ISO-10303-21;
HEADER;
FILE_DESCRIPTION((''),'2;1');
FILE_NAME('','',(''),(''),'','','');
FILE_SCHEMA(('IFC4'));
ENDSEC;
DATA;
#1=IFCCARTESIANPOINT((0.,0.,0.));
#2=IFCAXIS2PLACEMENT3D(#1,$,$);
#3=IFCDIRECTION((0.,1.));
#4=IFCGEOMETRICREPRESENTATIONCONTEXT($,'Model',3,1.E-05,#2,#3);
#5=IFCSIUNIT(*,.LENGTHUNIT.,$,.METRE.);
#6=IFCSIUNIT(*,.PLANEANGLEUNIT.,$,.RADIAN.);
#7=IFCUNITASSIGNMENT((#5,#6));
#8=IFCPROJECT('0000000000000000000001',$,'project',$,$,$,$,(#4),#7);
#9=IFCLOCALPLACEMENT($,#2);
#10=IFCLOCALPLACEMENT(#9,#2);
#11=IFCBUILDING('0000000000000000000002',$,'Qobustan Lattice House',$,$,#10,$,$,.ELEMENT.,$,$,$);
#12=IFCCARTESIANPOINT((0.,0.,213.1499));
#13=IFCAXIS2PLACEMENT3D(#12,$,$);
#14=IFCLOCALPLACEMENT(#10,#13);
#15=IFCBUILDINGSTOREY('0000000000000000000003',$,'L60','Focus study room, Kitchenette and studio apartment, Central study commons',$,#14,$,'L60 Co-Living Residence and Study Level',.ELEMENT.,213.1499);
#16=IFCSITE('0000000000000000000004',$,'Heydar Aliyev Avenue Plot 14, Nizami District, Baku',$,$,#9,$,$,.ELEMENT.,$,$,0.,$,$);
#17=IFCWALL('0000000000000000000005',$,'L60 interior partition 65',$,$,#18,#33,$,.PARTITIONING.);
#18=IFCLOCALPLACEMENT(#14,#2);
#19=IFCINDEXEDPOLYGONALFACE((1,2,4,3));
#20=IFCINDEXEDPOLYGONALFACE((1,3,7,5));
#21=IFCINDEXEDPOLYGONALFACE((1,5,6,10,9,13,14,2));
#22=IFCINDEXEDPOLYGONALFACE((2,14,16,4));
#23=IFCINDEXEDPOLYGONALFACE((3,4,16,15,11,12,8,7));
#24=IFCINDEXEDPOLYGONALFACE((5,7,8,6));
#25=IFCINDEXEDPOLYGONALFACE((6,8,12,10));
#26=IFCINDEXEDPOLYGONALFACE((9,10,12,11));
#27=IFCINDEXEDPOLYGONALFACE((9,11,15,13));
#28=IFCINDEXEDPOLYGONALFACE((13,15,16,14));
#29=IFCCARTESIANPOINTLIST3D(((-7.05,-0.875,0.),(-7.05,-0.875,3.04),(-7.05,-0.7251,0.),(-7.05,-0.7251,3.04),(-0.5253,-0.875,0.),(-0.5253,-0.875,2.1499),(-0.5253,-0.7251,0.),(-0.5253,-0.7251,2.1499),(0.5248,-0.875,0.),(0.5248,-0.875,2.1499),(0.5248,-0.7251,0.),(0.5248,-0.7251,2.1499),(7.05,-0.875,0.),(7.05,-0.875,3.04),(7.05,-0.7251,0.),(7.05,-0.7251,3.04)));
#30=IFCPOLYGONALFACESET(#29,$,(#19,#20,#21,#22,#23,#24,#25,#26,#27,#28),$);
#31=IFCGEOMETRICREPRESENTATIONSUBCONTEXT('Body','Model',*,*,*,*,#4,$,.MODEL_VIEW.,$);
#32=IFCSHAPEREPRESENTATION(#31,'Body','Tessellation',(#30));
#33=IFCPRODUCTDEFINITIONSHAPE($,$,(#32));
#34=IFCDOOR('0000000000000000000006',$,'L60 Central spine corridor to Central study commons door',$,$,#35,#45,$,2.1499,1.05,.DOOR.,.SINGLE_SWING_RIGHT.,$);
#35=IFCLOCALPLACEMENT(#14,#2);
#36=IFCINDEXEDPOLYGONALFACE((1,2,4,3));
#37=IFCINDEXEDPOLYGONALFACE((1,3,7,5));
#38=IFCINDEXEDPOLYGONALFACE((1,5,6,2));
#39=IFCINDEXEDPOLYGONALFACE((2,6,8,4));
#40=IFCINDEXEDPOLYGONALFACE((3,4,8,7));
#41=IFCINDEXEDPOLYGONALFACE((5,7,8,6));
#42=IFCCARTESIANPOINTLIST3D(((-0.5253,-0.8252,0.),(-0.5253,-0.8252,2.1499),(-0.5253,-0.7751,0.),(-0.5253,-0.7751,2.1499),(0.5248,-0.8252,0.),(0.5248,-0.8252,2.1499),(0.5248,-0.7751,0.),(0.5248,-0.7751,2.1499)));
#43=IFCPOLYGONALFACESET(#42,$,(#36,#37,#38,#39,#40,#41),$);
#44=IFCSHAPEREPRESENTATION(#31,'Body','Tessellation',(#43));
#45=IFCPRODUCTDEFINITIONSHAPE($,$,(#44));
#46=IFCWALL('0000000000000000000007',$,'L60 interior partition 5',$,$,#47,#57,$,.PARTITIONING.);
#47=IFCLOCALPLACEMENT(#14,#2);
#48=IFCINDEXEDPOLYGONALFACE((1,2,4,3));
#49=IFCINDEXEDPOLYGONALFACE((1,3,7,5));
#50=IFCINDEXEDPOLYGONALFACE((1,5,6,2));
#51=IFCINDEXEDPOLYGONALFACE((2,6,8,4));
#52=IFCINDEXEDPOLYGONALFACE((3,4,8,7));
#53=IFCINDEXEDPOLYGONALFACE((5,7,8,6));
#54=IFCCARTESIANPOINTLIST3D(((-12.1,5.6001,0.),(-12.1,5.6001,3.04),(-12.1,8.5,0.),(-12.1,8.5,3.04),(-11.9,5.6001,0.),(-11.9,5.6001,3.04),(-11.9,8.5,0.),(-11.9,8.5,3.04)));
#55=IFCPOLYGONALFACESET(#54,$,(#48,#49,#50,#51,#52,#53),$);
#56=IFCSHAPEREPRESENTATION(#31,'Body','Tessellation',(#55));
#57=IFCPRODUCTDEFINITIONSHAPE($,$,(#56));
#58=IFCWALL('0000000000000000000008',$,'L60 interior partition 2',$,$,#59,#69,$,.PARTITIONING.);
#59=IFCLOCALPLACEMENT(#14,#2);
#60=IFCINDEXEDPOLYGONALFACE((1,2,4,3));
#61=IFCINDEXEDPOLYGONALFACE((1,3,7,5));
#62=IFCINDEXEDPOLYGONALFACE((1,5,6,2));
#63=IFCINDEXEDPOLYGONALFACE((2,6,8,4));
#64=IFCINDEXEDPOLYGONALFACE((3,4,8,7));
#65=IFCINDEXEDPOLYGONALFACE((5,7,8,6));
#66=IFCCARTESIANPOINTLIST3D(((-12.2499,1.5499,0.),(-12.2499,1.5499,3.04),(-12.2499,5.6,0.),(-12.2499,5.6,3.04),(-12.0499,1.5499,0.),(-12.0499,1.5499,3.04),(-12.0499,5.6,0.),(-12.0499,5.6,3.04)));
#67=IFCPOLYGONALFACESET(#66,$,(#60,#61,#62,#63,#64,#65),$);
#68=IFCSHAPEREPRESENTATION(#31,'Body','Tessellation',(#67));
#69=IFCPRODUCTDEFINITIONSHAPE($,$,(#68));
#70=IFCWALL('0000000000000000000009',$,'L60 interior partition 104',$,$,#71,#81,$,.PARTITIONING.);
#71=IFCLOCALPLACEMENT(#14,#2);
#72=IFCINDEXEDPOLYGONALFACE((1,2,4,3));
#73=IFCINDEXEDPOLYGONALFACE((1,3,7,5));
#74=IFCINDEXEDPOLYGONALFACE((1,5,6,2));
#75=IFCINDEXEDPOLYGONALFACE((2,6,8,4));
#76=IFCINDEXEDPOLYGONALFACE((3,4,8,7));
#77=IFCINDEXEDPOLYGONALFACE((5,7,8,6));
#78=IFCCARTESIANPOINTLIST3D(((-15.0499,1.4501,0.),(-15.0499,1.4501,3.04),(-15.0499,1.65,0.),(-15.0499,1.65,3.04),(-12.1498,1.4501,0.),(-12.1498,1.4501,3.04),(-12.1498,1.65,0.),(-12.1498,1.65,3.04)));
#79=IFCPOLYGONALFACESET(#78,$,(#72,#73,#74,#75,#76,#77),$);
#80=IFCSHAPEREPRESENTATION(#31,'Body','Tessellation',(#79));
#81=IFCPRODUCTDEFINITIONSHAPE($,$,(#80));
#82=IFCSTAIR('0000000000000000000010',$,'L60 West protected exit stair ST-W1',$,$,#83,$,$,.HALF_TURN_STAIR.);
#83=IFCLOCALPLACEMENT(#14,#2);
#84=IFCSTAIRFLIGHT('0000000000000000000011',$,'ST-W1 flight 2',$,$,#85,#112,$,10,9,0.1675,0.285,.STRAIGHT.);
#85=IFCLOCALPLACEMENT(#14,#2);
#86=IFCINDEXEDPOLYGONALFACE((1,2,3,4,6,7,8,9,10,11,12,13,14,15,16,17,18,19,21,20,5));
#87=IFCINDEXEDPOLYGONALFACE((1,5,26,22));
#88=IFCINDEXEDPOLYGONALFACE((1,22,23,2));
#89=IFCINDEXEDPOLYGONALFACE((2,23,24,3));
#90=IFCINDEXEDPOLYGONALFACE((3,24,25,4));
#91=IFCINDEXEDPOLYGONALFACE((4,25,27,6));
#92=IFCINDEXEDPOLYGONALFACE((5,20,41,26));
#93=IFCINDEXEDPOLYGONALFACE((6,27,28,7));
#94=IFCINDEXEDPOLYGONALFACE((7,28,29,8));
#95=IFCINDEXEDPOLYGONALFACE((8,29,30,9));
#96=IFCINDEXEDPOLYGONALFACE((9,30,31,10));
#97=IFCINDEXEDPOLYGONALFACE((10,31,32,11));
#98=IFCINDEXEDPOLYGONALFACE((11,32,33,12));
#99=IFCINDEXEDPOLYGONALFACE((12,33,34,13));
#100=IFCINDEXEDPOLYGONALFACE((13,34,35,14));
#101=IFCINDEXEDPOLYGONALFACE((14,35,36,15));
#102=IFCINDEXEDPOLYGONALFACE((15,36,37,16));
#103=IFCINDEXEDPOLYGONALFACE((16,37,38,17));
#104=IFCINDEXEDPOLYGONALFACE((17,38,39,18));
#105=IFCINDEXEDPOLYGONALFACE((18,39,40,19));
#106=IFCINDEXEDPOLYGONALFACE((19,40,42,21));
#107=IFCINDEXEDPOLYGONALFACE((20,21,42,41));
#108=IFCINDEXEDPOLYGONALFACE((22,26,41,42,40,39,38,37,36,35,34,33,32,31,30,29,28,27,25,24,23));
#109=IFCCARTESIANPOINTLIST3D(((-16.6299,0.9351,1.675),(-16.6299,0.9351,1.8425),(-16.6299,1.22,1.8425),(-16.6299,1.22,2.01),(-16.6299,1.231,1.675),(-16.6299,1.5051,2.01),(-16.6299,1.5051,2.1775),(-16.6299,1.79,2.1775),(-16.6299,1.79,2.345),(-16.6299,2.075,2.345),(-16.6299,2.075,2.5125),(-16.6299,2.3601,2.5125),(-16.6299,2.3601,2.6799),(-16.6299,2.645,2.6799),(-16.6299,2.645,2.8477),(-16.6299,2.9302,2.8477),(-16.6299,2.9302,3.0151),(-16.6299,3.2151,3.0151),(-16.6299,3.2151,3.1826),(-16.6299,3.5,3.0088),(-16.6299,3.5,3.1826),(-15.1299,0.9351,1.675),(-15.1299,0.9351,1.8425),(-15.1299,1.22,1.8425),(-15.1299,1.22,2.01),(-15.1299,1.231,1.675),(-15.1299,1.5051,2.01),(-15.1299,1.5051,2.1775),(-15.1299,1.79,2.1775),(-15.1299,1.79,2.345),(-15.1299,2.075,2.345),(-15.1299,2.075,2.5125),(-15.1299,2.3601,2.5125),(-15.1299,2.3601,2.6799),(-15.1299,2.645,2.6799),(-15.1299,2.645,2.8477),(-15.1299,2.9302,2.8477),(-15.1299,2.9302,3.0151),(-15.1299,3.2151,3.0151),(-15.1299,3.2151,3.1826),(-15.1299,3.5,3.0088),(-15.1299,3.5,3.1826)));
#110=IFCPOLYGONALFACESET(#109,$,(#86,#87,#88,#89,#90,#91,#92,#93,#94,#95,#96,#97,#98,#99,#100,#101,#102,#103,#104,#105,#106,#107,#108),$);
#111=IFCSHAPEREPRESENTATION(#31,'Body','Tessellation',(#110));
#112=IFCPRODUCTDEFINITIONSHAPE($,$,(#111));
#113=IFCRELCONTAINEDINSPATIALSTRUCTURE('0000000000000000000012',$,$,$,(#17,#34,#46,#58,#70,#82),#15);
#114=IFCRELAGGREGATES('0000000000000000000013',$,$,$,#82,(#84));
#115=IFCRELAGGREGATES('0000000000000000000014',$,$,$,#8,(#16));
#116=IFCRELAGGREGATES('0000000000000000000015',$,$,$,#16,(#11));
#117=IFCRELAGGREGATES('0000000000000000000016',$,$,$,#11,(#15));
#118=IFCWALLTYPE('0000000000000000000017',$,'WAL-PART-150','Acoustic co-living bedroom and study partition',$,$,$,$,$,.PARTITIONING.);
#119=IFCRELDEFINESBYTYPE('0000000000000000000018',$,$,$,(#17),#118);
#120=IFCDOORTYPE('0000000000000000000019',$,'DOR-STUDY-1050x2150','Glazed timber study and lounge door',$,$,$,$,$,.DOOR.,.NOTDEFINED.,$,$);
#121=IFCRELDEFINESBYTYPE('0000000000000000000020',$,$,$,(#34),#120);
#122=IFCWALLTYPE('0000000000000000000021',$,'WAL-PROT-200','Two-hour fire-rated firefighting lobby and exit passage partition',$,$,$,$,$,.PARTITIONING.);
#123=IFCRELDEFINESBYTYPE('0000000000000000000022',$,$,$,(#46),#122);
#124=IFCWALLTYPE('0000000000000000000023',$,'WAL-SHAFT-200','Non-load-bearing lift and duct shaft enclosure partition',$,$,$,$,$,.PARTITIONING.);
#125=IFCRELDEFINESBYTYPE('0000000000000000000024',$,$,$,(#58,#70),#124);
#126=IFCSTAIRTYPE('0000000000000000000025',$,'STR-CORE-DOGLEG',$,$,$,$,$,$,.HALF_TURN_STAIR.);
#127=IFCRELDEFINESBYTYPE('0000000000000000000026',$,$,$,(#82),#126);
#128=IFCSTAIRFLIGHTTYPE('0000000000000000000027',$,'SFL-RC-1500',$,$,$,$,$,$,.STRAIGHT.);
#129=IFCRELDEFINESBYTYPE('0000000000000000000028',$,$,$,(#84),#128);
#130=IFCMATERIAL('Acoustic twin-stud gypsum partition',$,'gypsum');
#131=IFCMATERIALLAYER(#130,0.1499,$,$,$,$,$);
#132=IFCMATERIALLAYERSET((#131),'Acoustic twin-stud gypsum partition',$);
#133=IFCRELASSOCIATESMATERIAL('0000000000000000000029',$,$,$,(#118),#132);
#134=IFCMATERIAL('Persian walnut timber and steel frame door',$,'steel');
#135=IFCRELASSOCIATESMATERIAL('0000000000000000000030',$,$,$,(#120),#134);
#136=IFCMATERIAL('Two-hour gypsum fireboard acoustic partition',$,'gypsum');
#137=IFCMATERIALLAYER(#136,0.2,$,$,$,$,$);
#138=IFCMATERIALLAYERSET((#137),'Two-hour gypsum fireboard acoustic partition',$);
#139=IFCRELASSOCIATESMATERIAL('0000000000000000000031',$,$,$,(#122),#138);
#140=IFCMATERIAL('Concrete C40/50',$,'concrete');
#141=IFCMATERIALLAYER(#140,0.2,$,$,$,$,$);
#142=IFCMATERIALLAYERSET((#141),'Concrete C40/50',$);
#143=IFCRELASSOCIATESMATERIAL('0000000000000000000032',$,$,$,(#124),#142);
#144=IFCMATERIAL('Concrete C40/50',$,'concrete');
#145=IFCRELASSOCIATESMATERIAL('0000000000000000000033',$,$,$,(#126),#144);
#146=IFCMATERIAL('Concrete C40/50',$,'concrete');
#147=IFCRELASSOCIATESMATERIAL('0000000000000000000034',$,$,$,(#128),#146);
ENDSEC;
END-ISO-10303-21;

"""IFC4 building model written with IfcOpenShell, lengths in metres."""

from ifc_helpers import new_model, si_unit, direction, frame, frame_2d, origin, place, context, subcontext, project, spatial, polyline, rectangle, outline, extrude, material, layer, layer_set, type_object, element, fill, aggregate, save


model = new_model("IFC4")

# Units and contexts
model_context = context("Model", 3, precision=1e-05, world=origin(), true_north=direction((0.0, 1.0)))
body_context = subcontext(model_context, "Body", "Model", "MODEL_VIEW")
ifc_project = project(units=[si_unit("LENGTHUNIT", "METRE"), si_unit("PLANEANGLEUNIT", "RADIAN")], contexts=[model_context])

# Site, building, storey
site_placement = place(None, origin())
site = spatial("IfcSite", under=ifc_project, at=site_placement, Name="Heydar Aliyev Avenue Plot 14, Nizami District, Baku", CompositionType="ELEMENT", RefElevation=0.0)
building_placement = place(site_placement, origin())
building = spatial("IfcBuilding", under=site, at=building_placement, Name="Qobustan Lattice House", CompositionType="ELEMENT")
storey_placement = place(building_placement, frame((0.0, 0.0, 213.1499)))
storey = spatial("IfcBuildingStorey", under=building, at=storey_placement, Name="L60", Description="Focus study room, Kitchenette and studio apartment, Central study commons", LongName="L60 Co-Living Residence and Study Level", CompositionType="ELEMENT", Elevation=213.1499)

# Wall, opening, door
ifc_material_1 = material(Name="Acoustic twin-stud gypsum partition", Category="gypsum")
ifc_layer_1 = layer(ifc_material_1, 0.1499)
ifc_layer_set_1 = layer_set([ifc_layer_1], Name="Acoustic twin-stud gypsum partition")
wall_type_1 = type_object("IfcWallType", Name="WAL-PART-150", Description="Acoustic co-living bedroom and study partition", PredefinedType="PARTITIONING", material=ifc_layer_set_1)
wall_1_placement = place(storey_placement, frame((-7.05, -0.8, 0.0), z_axis=(0.0, 0.0, 1.0), x_axis=(1.0, 0.0, 0.0)))
wall_1 = element("IfcWall", 1, at=wall_1_placement, inside=storey, type_object=wall_type_1, Name="L60 interior partition 65", PredefinedType="PARTITIONING", context=body_context, shape_type="SweptSolid", body=[
    extrude(rectangle(XDim=14.1001, YDim=0.1499, at=frame_2d((7.05, 0.0))), origin(), (0.0, 0.0, 1.0), 3.04),
])
opening_1_placement = place(wall_1_placement, frame((6.5249, 0.0, 0.0)))
opening_1 = element("IfcOpeningElement", 2, at=opening_1_placement, cuts=wall_1, PredefinedType="OPENING", context=body_context, shape_type="SweptSolid", body=[
    extrude(rectangle(XDim=1.05, YDim=2.1499, at=frame_2d((0.5249, 1.075))), frame((0.0, 0.085, 0.0), z_axis=(0.0, -1.0, 0.0), x_axis=(1.0, 0.0, 0.0)), (0.0, 0.0, 1.0), 0.1699),
])
ifc_material_2 = material(Name="Persian walnut timber and steel frame door", Category="steel")
door_type_1 = type_object("IfcDoorType", Name="DOR-STUDY-1050x2150", Description="Glazed timber study and lounge door", OperationType="NOTDEFINED", PredefinedType="DOOR", material=ifc_material_2)
door_1_placement = place(opening_1_placement, origin())
door_1 = element("IfcDoor", 3, at=door_1_placement, inside=storey, type_object=door_type_1, Name="L60 Central spine corridor to Central study commons door", OperationType="SINGLE_SWING_RIGHT", OverallHeight=2.1499, OverallWidth=1.05, PredefinedType="DOOR", context=body_context, shape_type="SweptSolid", body=[
    extrude(rectangle(XDim=1.05, YDim=2.1499, at=frame_2d((0.5249, 1.075))), frame((0.0, 0.0249, 0.0), z_axis=(0.0, -1.0, 0.0), x_axis=(1.0, 0.0, 0.0)), (0.0, 0.0, 1.0), 0.05),
])
fill(opening_1, door_1)

# Walls
ifc_material_3 = material(Name="Two-hour gypsum fireboard acoustic partition", Category="gypsum")
ifc_layer_2 = layer(ifc_material_3, 0.2)
ifc_layer_set_2 = layer_set([ifc_layer_2], Name="Two-hour gypsum fireboard acoustic partition")
wall_type_2 = type_object("IfcWallType", Name="WAL-PROT-200", Description="Two-hour fire-rated firefighting lobby and exit passage partition", PredefinedType="PARTITIONING", material=ifc_layer_set_2)
wall_2_placement = place(storey_placement, frame((-12.0, 5.6001, 0.0), z_axis=(0.0, 0.0, 1.0), x_axis=(0.0, 1.0, 0.0)))
element("IfcWall", 4, at=wall_2_placement, inside=storey, type_object=wall_type_2, Name="L60 interior partition 5", PredefinedType="PARTITIONING", context=body_context, shape_type="SweptSolid", body=[
    extrude(rectangle(XDim=2.8999, YDim=0.2, at=frame_2d((1.45, 0.0))), origin(), (0.0, 0.0, 1.0), 3.04),
])
ifc_material_4 = material(Name="Concrete C40/50", Category="concrete")
ifc_layer_3 = layer(ifc_material_4, 0.2)
ifc_layer_set_3 = layer_set([ifc_layer_3], Name="Concrete C40/50")
wall_type_3 = type_object("IfcWallType", Name="WAL-SHAFT-200", Description="Non-load-bearing lift and duct shaft enclosure partition", PredefinedType="PARTITIONING", material=ifc_layer_set_3)
wall_3_placement = place(storey_placement, frame((-12.1499, 1.55, 0.0), z_axis=(0.0, 0.0, 1.0), x_axis=(0.0, 1.0, 0.0)))
element("IfcWall", 5, at=wall_3_placement, inside=storey, type_object=wall_type_3, Name="L60 interior partition 2", PredefinedType="PARTITIONING", context=body_context, shape_type="SweptSolid", body=[
    extrude(rectangle(XDim=4.05, YDim=0.2, at=frame_2d((2.0249, 0.0))), origin(), (0.0, 0.0, 1.0), 3.04),
])
wall_4_placement = place(storey_placement, frame((-15.05, 1.55, 0.0), z_axis=(0.0, 0.0, 1.0), x_axis=(1.0, 0.0, 0.0)))
element("IfcWall", 6, at=wall_4_placement, inside=storey, type_object=wall_type_3, Name="L60 interior partition 104", PredefinedType="PARTITIONING", context=body_context, shape_type="SweptSolid", body=[
    extrude(rectangle(XDim=2.9001, YDim=0.2, at=frame_2d((1.4502, 0.0))), origin(), (0.0, 0.0, 1.0), 3.04),
])

# Stair, stair flight
ifc_material_5 = material(Name="Concrete C40/50", Category="concrete")
stair_type = type_object("IfcStairType", Name="STR-CORE-DOGLEG", PredefinedType="HALF_TURN_STAIR", material=ifc_material_5)
stair_placement = place(storey_placement, origin())
stair = element("IfcStair", 7, at=stair_placement, inside=storey, type_object=stair_type, Name="L60 West protected exit stair ST-W1", PredefinedType="HALF_TURN_STAIR")
ifc_material_6 = material(Name="Concrete C40/50", Category="concrete")
stair_flight_type = type_object("IfcStairFlightType", Name="SFL-RC-1500", PredefinedType="STRAIGHT", material=ifc_material_6)
stair_flight_placement = place(storey_placement, frame((-15.8799, 0.9351, 1.675), z_axis=(0.0, 0.0, 1.0), x_axis=(0.0, 1.0, 0.0)))
stair_flight = element("IfcStairFlight", 8, at=stair_flight_placement, type_object=stair_flight_type, Name="ST-W1 flight 2", NumberOfRisers=10, NumberOfTreads=9, PredefinedType="STRAIGHT", RiserHeight=0.1675, TreadLength=0.285, context=body_context, shape_type="SweptSolid", body=[
    extrude(outline(polyline([(0.0, 0.0), (0.0, 0.1675), (0.2849, 0.1675), (0.2849, 0.335), (0.5701, 0.335), (0.5701, 0.5024), (0.855, 0.5024), (0.855, 0.6699), (1.1399, 0.6699), (1.1399, 0.8374), (1.425, 0.8374), (1.425, 1.0049), (1.71, 1.0049), (1.71, 1.1726), (1.9951, 1.1726), (1.9951, 1.3401), (2.28, 1.3401), (2.28, 1.5076), (2.5649, 1.5076), (2.5649, 1.675), (2.5649, 1.3337), (0.2959, 0.0), (0.0, 0.0)])), frame((0.0, 0.75, 0.0), z_axis=(0.0, -1.0, 0.0), x_axis=(1.0, 0.0, 0.0)), (0.0, 0.0, 1.0), 1.5),
])
aggregate(stair, [stair_flight])

save(model, "model.ifc")
